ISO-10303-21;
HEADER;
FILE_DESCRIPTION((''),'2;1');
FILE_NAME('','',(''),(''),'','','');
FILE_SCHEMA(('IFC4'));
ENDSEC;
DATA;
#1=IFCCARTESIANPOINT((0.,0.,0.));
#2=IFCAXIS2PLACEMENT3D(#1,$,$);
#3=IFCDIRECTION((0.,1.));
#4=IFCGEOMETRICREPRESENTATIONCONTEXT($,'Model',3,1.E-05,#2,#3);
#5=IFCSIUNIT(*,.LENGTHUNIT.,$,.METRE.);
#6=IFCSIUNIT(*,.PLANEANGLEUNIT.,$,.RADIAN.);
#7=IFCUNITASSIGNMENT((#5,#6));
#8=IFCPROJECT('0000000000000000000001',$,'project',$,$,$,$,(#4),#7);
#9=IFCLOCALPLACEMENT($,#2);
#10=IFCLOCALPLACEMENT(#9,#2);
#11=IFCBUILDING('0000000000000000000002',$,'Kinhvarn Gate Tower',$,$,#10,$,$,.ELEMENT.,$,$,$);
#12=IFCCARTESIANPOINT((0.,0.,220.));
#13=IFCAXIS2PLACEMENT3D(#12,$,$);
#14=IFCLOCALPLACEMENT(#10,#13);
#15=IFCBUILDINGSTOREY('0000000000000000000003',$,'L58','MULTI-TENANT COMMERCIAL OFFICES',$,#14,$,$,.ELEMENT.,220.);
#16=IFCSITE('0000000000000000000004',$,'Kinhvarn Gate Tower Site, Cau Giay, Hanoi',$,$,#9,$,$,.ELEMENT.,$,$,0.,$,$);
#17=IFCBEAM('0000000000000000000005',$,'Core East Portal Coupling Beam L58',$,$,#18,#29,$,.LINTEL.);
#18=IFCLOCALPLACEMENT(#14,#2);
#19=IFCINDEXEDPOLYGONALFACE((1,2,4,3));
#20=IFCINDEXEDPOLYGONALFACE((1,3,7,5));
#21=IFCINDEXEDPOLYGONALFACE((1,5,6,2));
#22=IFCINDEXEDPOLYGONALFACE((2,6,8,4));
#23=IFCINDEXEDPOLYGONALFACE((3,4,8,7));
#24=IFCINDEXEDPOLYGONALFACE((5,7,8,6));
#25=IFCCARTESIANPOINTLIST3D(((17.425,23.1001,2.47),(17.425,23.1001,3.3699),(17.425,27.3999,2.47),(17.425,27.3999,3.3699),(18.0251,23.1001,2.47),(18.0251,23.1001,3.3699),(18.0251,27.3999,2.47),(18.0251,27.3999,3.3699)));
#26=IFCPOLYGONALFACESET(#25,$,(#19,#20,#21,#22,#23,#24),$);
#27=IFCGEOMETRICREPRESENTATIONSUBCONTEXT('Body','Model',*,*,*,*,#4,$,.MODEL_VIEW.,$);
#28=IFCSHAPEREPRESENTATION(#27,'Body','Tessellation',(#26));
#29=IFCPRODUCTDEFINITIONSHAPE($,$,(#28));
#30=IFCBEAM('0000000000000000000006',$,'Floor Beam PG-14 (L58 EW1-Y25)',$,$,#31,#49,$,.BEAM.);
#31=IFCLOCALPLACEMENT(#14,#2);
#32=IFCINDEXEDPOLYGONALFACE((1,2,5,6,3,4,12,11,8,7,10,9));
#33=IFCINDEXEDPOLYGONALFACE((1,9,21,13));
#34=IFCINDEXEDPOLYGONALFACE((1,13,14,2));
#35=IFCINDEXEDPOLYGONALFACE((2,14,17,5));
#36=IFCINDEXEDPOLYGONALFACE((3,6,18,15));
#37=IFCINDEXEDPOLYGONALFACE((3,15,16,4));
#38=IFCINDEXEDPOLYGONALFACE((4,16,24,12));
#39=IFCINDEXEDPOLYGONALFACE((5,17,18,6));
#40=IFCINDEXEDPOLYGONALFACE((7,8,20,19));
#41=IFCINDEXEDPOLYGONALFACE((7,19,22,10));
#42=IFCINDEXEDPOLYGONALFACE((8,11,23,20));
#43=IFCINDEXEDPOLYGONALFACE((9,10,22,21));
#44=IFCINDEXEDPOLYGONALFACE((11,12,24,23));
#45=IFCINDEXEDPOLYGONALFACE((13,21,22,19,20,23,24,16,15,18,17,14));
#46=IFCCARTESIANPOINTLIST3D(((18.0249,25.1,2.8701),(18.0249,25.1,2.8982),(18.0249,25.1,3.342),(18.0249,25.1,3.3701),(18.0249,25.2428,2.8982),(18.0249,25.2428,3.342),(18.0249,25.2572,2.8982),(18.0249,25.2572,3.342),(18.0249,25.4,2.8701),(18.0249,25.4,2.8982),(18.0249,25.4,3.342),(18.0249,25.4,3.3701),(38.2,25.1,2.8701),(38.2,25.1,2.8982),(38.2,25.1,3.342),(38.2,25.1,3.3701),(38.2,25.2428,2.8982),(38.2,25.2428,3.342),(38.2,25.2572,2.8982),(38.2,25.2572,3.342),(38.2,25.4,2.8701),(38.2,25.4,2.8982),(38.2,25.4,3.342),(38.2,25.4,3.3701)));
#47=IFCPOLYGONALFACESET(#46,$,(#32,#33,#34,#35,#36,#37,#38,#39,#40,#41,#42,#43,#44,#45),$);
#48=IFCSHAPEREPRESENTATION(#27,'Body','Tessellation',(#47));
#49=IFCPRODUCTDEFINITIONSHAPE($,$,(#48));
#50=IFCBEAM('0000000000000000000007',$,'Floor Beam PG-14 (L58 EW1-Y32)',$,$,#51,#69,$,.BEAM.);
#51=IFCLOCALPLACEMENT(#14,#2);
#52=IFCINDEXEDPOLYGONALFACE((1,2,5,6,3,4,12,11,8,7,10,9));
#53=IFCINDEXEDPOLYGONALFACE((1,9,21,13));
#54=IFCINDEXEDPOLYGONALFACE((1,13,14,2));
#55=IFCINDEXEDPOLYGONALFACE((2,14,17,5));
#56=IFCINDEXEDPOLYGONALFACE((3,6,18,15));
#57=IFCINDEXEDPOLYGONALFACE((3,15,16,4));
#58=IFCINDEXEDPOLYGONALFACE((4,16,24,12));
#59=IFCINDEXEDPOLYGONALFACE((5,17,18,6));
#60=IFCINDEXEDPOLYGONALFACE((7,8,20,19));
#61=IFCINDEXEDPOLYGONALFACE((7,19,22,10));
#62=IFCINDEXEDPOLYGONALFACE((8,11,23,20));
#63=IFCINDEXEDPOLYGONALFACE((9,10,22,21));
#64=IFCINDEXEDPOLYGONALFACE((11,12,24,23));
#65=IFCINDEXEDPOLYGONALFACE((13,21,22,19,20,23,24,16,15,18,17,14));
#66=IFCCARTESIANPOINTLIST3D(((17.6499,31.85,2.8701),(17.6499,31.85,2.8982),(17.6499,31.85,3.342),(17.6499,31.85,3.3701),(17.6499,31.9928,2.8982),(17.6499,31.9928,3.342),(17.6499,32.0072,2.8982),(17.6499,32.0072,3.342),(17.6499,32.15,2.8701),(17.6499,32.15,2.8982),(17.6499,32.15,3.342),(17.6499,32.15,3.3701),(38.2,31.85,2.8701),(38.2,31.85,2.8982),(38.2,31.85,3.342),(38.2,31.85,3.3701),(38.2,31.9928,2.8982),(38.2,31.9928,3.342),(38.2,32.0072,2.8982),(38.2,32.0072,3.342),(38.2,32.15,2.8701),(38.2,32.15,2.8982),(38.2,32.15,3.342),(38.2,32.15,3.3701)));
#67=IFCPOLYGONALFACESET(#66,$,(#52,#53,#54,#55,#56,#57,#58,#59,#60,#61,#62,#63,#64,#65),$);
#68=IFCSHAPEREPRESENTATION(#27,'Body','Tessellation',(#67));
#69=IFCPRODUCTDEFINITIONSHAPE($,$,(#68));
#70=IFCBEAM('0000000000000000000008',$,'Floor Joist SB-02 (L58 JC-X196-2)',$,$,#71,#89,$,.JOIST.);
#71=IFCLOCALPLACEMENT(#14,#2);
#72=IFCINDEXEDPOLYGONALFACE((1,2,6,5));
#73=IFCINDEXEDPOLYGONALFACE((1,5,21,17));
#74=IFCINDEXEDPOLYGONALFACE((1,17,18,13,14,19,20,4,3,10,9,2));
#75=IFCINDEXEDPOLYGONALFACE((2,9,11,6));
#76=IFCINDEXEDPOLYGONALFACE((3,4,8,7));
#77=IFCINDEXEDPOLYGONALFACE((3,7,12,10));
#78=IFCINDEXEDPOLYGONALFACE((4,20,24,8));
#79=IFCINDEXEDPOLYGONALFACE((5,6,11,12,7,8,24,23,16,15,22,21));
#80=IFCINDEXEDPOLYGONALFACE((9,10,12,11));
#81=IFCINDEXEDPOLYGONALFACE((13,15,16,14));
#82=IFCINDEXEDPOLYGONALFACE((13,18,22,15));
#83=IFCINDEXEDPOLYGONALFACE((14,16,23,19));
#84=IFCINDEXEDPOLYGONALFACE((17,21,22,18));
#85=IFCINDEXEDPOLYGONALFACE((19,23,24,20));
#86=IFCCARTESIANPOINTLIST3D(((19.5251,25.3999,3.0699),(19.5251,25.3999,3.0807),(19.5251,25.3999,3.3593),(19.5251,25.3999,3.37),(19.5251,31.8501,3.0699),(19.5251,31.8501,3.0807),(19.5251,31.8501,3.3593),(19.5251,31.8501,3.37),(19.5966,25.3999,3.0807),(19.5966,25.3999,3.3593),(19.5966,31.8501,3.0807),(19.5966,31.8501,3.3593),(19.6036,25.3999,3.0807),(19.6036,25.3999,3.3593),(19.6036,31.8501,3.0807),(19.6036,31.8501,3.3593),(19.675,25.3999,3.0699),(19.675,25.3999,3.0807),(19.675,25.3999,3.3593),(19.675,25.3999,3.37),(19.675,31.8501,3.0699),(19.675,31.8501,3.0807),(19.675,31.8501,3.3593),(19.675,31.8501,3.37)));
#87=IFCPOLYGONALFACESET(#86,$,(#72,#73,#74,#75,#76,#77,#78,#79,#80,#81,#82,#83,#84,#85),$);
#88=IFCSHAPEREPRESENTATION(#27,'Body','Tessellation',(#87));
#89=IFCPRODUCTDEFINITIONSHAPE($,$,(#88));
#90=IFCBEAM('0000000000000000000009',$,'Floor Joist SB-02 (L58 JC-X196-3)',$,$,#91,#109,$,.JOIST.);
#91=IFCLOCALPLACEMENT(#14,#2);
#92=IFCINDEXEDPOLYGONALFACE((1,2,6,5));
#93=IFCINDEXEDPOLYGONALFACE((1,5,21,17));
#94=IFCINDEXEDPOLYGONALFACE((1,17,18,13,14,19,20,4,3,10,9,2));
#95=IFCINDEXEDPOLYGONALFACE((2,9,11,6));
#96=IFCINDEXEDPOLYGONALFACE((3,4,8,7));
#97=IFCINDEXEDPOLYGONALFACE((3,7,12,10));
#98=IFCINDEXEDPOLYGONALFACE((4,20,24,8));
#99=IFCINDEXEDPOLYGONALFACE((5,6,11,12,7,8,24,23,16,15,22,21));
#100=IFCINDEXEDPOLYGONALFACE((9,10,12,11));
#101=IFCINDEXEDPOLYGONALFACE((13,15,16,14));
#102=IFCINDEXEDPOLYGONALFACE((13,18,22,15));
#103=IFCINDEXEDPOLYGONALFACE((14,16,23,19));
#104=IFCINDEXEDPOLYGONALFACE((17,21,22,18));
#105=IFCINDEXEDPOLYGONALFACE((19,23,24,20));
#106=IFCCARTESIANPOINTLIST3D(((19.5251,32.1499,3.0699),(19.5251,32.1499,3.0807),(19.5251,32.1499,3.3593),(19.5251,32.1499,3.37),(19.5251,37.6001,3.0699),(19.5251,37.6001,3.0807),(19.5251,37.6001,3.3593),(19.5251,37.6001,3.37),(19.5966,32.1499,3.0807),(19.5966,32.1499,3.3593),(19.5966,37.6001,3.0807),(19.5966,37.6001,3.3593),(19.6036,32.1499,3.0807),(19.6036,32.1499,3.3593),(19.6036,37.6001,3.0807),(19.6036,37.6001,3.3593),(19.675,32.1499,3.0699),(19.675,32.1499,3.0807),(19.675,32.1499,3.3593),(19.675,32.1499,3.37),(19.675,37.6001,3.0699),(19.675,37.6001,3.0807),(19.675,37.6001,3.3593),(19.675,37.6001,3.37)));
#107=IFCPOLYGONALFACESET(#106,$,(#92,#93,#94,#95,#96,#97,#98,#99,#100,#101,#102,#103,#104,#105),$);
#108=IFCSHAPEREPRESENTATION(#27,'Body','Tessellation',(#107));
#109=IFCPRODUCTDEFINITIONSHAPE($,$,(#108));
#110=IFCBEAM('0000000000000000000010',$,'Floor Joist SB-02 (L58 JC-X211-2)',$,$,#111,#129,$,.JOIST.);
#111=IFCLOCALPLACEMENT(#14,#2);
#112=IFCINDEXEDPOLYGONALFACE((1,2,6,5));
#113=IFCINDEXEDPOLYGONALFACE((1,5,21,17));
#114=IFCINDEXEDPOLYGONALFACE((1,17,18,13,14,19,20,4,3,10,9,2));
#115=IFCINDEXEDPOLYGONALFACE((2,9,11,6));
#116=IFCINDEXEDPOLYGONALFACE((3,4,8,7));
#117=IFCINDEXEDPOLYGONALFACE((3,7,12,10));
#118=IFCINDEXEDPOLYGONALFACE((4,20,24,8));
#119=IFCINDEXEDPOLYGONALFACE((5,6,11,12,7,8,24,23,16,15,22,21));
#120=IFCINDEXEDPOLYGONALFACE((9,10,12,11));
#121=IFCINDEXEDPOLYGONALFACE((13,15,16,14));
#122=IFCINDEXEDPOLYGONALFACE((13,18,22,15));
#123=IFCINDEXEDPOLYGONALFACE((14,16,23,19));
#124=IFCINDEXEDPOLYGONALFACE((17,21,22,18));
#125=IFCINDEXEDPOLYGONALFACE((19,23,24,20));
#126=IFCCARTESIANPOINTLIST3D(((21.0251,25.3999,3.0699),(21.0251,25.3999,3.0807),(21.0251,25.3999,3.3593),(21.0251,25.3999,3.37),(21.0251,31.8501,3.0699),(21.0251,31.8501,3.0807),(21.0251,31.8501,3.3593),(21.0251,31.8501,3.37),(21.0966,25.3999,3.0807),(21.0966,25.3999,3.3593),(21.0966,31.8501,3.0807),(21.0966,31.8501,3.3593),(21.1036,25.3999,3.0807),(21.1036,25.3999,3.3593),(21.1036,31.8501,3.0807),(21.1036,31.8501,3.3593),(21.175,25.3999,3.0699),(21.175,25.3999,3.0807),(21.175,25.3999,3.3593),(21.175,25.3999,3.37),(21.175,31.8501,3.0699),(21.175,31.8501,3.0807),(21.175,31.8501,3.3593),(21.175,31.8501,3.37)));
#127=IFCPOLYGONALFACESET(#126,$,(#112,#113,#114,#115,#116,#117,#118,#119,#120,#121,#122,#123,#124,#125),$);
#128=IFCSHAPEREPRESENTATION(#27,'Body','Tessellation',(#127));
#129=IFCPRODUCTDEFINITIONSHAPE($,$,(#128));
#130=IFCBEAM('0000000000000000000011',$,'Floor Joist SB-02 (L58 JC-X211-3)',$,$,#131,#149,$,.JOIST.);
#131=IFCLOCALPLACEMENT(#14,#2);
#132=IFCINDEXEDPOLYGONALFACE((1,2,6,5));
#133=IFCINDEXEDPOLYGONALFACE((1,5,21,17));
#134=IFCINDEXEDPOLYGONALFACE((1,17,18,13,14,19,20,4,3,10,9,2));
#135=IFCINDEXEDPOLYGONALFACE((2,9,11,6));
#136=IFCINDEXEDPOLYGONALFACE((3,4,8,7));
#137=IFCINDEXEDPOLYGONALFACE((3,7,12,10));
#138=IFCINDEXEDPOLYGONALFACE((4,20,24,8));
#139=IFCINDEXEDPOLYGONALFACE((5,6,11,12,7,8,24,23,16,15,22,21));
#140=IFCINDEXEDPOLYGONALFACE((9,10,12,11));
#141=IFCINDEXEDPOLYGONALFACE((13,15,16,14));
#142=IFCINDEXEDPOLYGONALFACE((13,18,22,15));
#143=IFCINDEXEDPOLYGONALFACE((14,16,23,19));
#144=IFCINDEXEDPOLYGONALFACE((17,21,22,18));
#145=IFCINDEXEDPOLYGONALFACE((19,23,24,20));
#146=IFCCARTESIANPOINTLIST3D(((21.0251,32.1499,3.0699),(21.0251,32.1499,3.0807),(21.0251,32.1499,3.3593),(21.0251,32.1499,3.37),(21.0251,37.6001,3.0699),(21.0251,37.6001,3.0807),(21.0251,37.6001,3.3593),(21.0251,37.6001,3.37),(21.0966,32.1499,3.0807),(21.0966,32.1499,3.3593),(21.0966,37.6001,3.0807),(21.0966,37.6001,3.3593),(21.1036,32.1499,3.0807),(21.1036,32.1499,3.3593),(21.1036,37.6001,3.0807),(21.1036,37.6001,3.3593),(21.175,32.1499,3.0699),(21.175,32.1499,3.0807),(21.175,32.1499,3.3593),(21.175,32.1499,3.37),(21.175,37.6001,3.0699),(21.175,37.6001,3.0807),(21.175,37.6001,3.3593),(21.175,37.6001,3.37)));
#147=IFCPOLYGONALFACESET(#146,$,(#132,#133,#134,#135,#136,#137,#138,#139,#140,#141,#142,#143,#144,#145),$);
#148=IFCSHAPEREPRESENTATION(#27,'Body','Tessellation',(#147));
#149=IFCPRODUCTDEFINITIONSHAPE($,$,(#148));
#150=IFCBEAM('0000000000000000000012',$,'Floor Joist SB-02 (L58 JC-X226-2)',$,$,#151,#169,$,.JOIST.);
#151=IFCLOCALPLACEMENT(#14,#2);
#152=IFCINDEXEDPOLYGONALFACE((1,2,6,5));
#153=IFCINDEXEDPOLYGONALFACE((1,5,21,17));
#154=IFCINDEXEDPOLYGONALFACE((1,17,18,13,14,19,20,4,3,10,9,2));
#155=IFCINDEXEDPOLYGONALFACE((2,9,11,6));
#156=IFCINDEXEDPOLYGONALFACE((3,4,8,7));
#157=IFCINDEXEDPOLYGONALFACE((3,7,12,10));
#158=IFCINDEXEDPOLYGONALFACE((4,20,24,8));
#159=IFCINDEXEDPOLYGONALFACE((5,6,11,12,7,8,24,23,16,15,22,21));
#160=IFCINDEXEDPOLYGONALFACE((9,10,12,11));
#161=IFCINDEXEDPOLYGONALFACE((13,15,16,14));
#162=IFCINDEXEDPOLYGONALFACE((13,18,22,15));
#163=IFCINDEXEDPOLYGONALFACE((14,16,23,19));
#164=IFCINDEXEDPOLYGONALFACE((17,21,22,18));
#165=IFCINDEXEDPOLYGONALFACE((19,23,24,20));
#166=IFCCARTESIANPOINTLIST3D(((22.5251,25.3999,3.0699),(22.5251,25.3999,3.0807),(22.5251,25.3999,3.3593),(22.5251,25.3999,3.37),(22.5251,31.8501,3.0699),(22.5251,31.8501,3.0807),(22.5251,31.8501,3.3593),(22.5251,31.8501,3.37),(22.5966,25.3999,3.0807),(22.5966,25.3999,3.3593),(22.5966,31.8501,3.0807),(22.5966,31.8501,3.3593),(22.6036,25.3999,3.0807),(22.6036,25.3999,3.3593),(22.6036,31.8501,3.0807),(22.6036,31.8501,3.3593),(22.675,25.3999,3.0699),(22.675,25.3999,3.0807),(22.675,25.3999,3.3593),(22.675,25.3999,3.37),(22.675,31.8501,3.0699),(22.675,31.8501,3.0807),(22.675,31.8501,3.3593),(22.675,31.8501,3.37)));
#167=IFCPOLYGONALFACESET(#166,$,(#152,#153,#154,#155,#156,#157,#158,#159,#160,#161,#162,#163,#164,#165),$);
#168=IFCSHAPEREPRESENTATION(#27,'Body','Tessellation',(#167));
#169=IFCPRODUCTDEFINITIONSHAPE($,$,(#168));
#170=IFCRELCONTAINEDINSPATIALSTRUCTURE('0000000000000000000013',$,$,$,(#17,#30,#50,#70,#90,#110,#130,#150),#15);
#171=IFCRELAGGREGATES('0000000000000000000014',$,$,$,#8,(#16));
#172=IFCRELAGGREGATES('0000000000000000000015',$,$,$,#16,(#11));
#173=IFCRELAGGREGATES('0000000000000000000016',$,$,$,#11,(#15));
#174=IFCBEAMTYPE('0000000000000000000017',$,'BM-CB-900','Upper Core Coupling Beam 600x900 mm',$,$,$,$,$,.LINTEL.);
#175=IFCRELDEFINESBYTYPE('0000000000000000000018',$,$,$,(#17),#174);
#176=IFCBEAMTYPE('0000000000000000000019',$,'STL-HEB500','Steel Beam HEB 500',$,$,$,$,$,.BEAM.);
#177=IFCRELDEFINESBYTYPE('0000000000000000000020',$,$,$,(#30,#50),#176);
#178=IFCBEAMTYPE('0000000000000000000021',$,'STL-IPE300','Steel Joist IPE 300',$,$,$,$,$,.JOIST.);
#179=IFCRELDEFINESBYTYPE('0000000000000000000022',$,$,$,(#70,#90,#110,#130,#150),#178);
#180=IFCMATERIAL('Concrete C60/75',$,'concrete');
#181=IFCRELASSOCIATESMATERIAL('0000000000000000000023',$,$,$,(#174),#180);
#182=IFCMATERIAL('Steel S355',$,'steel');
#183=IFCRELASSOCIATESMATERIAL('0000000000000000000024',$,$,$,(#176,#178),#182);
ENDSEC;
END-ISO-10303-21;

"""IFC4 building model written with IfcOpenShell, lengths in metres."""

from ifc_helpers import new_model, si_unit, direction, frame, origin, origin_2d, place, context, subcontext, project, spatial, rectangle, i_section, extrude, material, material_profile, profile_set, type_object, element, save


model = new_model("IFC4")

# Units and contexts
model_context = context("Model", 3, precision=1e-05, world=origin(), true_north=direction((0.0, 1.0)))
body_context = subcontext(model_context, "Body", "Model", "MODEL_VIEW")
ifc_project = project(units=[si_unit("LENGTHUNIT", "METRE"), si_unit("PLANEANGLEUNIT", "RADIAN")], contexts=[model_context])

# Site, building, storey
site_placement = place(None, origin())
site = spatial("IfcSite", under=ifc_project, at=site_placement, Name="Kinhvarn Gate Tower Site, Cau Giay, Hanoi", CompositionType="ELEMENT", RefElevation=0.0)
building_placement = place(site_placement, origin())
building = spatial("IfcBuilding", under=site, at=building_placement, Name="Kinhvarn Gate Tower", CompositionType="ELEMENT")
storey_placement = place(building_placement, frame((0.0, 0.0, 220.0)))
storey = spatial("IfcBuildingStorey", under=building, at=storey_placement, Name="L58", Description="MULTI-TENANT COMMERCIAL OFFICES", CompositionType="ELEMENT", Elevation=220.0)

# Beams
ifc_material_1 = material(Name="Concrete C60/75", Category="concrete")
ifc_material_profile_1 = material_profile(ifc_material_1, rectangle(XDim=0.6001, YDim=0.8999, at=origin_2d()), Name="RC 600x900")
ifc_profile_set_1 = profile_set([ifc_material_profile_1], Name="Concrete C60/75")
beam_type_1 = type_object("IfcBeamType", Name="BM-CB-900", Description="Upper Core Coupling Beam 600x900 mm", PredefinedType="LINTEL", material=ifc_profile_set_1)
beam_1_placement = place(storey_placement, frame((17.7251, 23.1001, 2.9199), z_axis=(0.0, 1.0, 0.0), x_axis=(-1.0, 0.0, 0.0)))
element("IfcBeam", 1, at=beam_1_placement, inside=storey, type_object=beam_type_1, Name="Core East Portal Coupling Beam L58", PredefinedType="LINTEL", context=body_context, shape_type="SweptSolid", body=[
    extrude(rectangle(XDim=0.6001, YDim=0.8999, at=origin_2d()), origin(), (0.0, 0.0, 1.0), 4.2998),
])
ifc_material_2 = material(Name="Steel S355", Category="steel")
ifc_material_profile_2 = material_profile(ifc_material_2, i_section(OverallWidth=0.3, OverallDepth=0.5, WebThickness=0.0144, FlangeThickness=0.0281, at=origin_2d()), Name="HEB 500")
ifc_profile_set_2 = profile_set([ifc_material_profile_2], Name="Steel S355")
beam_type_2 = type_object("IfcBeamType", Name="STL-HEB500", Description="Steel Beam HEB 500", PredefinedType="BEAM", material=ifc_profile_set_2)
beam_2_placement = place(storey_placement, frame((18.0249, 25.25, 3.1201), z_axis=(1.0, 0.0, 0.0), x_axis=(0.0, 1.0, 0.0)))
element("IfcBeam", 2, at=beam_2_placement, inside=storey, type_object=beam_type_2, Name="Floor Beam PG-14 (L58 EW1-Y25)", PredefinedType="BEAM", context=body_context, shape_type="SweptSolid", body=[
    extrude(i_section(OverallWidth=0.3, OverallDepth=0.5, WebThickness=0.0144, FlangeThickness=0.0281, at=origin_2d()), origin(), (0.0, 0.0, 1.0), 20.175),
])
beam_3_placement = place(storey_placement, frame((17.6499, 32.0, 3.1201), z_axis=(1.0, 0.0, 0.0), x_axis=(0.0, 1.0, 0.0)))
element("IfcBeam", 3, at=beam_3_placement, inside=storey, type_object=beam_type_2, Name="Floor Beam PG-14 (L58 EW1-Y32)", PredefinedType="BEAM", context=body_context, shape_type="SweptSolid", body=[
    extrude(i_section(OverallWidth=0.3, OverallDepth=0.5, WebThickness=0.0144, FlangeThickness=0.0281, at=origin_2d()), origin(), (0.0, 0.0, 1.0), 20.55),
])
ifc_material_profile_3 = material_profile(ifc_material_2, i_section(OverallWidth=0.1499, OverallDepth=0.3, WebThickness=0.0071, FlangeThickness=0.0107, at=origin_2d()), Name="IPE 300")
ifc_profile_set_3 = profile_set([ifc_material_profile_3], Name="Steel S355")
beam_type_3 = type_object("IfcBeamType", Name="STL-IPE300", Description="Steel Joist IPE 300", PredefinedType="JOIST", material=ifc_profile_set_3)
beam_4_placement = place(storey_placement, frame((19.6001, 25.3999, 3.22), z_axis=(0.0, 1.0, 0.0), x_axis=(-1.0, 0.0, 0.0)))
element("IfcBeam", 4, at=beam_4_placement, inside=storey, type_object=beam_type_3, Name="Floor Joist SB-02 (L58 JC-X196-2)", PredefinedType="JOIST", context=body_context, shape_type="SweptSolid", body=[
    extrude(i_section(OverallWidth=0.1499, OverallDepth=0.3, WebThickness=0.0071, FlangeThickness=0.0107, at=origin_2d()), origin(), (0.0, 0.0, 1.0), 6.4502),
])
beam_5_placement = place(storey_placement, frame((19.6001, 32.1499, 3.22), z_axis=(0.0, 1.0, 0.0), x_axis=(-1.0, 0.0, 0.0)))
element("IfcBeam", 5, at=beam_5_placement, inside=storey, type_object=beam_type_3, Name="Floor Joist SB-02 (L58 JC-X196-3)", PredefinedType="JOIST", context=body_context, shape_type="SweptSolid", body=[
    extrude(i_section(OverallWidth=0.1499, OverallDepth=0.3, WebThickness=0.0071, FlangeThickness=0.0107, at=origin_2d()), origin(), (0.0, 0.0, 1.0), 5.4502),
])
beam_6_placement = place(storey_placement, frame((21.1001, 25.3999, 3.22), z_axis=(0.0, 1.0, 0.0), x_axis=(-1.0, 0.0, 0.0)))
element("IfcBeam", 6, at=beam_6_placement, inside=storey, type_object=beam_type_3, Name="Floor Joist SB-02 (L58 JC-X211-2)", PredefinedType="JOIST", context=body_context, shape_type="SweptSolid", body=[
    extrude(i_section(OverallWidth=0.1499, OverallDepth=0.3, WebThickness=0.0071, FlangeThickness=0.0107, at=origin_2d()), origin(), (0.0, 0.0, 1.0), 6.4502),
])
beam_7_placement = place(storey_placement, frame((21.1001, 32.1499, 3.22), z_axis=(0.0, 1.0, 0.0), x_axis=(-1.0, 0.0, 0.0)))
element("IfcBeam", 7, at=beam_7_placement, inside=storey, type_object=beam_type_3, Name="Floor Joist SB-02 (L58 JC-X211-3)", PredefinedType="JOIST", context=body_context, shape_type="SweptSolid", body=[
    extrude(i_section(OverallWidth=0.1499, OverallDepth=0.3, WebThickness=0.0071, FlangeThickness=0.0107, at=origin_2d()), origin(), (0.0, 0.0, 1.0), 5.4502),
])
beam_8_placement = place(storey_placement, frame((22.6001, 25.3999, 3.22), z_axis=(0.0, 1.0, 0.0), x_axis=(-1.0, 0.0, 0.0)))
element("IfcBeam", 8, at=beam_8_placement, inside=storey, type_object=beam_type_3, Name="Floor Joist SB-02 (L58 JC-X226-2)", PredefinedType="JOIST", context=body_context, shape_type="SweptSolid", body=[
    extrude(i_section(OverallWidth=0.1499, OverallDepth=0.3, WebThickness=0.0071, FlangeThickness=0.0107, at=origin_2d()), origin(), (0.0, 0.0, 1.0), 6.4502),
])

save(model, "model.ifc")
